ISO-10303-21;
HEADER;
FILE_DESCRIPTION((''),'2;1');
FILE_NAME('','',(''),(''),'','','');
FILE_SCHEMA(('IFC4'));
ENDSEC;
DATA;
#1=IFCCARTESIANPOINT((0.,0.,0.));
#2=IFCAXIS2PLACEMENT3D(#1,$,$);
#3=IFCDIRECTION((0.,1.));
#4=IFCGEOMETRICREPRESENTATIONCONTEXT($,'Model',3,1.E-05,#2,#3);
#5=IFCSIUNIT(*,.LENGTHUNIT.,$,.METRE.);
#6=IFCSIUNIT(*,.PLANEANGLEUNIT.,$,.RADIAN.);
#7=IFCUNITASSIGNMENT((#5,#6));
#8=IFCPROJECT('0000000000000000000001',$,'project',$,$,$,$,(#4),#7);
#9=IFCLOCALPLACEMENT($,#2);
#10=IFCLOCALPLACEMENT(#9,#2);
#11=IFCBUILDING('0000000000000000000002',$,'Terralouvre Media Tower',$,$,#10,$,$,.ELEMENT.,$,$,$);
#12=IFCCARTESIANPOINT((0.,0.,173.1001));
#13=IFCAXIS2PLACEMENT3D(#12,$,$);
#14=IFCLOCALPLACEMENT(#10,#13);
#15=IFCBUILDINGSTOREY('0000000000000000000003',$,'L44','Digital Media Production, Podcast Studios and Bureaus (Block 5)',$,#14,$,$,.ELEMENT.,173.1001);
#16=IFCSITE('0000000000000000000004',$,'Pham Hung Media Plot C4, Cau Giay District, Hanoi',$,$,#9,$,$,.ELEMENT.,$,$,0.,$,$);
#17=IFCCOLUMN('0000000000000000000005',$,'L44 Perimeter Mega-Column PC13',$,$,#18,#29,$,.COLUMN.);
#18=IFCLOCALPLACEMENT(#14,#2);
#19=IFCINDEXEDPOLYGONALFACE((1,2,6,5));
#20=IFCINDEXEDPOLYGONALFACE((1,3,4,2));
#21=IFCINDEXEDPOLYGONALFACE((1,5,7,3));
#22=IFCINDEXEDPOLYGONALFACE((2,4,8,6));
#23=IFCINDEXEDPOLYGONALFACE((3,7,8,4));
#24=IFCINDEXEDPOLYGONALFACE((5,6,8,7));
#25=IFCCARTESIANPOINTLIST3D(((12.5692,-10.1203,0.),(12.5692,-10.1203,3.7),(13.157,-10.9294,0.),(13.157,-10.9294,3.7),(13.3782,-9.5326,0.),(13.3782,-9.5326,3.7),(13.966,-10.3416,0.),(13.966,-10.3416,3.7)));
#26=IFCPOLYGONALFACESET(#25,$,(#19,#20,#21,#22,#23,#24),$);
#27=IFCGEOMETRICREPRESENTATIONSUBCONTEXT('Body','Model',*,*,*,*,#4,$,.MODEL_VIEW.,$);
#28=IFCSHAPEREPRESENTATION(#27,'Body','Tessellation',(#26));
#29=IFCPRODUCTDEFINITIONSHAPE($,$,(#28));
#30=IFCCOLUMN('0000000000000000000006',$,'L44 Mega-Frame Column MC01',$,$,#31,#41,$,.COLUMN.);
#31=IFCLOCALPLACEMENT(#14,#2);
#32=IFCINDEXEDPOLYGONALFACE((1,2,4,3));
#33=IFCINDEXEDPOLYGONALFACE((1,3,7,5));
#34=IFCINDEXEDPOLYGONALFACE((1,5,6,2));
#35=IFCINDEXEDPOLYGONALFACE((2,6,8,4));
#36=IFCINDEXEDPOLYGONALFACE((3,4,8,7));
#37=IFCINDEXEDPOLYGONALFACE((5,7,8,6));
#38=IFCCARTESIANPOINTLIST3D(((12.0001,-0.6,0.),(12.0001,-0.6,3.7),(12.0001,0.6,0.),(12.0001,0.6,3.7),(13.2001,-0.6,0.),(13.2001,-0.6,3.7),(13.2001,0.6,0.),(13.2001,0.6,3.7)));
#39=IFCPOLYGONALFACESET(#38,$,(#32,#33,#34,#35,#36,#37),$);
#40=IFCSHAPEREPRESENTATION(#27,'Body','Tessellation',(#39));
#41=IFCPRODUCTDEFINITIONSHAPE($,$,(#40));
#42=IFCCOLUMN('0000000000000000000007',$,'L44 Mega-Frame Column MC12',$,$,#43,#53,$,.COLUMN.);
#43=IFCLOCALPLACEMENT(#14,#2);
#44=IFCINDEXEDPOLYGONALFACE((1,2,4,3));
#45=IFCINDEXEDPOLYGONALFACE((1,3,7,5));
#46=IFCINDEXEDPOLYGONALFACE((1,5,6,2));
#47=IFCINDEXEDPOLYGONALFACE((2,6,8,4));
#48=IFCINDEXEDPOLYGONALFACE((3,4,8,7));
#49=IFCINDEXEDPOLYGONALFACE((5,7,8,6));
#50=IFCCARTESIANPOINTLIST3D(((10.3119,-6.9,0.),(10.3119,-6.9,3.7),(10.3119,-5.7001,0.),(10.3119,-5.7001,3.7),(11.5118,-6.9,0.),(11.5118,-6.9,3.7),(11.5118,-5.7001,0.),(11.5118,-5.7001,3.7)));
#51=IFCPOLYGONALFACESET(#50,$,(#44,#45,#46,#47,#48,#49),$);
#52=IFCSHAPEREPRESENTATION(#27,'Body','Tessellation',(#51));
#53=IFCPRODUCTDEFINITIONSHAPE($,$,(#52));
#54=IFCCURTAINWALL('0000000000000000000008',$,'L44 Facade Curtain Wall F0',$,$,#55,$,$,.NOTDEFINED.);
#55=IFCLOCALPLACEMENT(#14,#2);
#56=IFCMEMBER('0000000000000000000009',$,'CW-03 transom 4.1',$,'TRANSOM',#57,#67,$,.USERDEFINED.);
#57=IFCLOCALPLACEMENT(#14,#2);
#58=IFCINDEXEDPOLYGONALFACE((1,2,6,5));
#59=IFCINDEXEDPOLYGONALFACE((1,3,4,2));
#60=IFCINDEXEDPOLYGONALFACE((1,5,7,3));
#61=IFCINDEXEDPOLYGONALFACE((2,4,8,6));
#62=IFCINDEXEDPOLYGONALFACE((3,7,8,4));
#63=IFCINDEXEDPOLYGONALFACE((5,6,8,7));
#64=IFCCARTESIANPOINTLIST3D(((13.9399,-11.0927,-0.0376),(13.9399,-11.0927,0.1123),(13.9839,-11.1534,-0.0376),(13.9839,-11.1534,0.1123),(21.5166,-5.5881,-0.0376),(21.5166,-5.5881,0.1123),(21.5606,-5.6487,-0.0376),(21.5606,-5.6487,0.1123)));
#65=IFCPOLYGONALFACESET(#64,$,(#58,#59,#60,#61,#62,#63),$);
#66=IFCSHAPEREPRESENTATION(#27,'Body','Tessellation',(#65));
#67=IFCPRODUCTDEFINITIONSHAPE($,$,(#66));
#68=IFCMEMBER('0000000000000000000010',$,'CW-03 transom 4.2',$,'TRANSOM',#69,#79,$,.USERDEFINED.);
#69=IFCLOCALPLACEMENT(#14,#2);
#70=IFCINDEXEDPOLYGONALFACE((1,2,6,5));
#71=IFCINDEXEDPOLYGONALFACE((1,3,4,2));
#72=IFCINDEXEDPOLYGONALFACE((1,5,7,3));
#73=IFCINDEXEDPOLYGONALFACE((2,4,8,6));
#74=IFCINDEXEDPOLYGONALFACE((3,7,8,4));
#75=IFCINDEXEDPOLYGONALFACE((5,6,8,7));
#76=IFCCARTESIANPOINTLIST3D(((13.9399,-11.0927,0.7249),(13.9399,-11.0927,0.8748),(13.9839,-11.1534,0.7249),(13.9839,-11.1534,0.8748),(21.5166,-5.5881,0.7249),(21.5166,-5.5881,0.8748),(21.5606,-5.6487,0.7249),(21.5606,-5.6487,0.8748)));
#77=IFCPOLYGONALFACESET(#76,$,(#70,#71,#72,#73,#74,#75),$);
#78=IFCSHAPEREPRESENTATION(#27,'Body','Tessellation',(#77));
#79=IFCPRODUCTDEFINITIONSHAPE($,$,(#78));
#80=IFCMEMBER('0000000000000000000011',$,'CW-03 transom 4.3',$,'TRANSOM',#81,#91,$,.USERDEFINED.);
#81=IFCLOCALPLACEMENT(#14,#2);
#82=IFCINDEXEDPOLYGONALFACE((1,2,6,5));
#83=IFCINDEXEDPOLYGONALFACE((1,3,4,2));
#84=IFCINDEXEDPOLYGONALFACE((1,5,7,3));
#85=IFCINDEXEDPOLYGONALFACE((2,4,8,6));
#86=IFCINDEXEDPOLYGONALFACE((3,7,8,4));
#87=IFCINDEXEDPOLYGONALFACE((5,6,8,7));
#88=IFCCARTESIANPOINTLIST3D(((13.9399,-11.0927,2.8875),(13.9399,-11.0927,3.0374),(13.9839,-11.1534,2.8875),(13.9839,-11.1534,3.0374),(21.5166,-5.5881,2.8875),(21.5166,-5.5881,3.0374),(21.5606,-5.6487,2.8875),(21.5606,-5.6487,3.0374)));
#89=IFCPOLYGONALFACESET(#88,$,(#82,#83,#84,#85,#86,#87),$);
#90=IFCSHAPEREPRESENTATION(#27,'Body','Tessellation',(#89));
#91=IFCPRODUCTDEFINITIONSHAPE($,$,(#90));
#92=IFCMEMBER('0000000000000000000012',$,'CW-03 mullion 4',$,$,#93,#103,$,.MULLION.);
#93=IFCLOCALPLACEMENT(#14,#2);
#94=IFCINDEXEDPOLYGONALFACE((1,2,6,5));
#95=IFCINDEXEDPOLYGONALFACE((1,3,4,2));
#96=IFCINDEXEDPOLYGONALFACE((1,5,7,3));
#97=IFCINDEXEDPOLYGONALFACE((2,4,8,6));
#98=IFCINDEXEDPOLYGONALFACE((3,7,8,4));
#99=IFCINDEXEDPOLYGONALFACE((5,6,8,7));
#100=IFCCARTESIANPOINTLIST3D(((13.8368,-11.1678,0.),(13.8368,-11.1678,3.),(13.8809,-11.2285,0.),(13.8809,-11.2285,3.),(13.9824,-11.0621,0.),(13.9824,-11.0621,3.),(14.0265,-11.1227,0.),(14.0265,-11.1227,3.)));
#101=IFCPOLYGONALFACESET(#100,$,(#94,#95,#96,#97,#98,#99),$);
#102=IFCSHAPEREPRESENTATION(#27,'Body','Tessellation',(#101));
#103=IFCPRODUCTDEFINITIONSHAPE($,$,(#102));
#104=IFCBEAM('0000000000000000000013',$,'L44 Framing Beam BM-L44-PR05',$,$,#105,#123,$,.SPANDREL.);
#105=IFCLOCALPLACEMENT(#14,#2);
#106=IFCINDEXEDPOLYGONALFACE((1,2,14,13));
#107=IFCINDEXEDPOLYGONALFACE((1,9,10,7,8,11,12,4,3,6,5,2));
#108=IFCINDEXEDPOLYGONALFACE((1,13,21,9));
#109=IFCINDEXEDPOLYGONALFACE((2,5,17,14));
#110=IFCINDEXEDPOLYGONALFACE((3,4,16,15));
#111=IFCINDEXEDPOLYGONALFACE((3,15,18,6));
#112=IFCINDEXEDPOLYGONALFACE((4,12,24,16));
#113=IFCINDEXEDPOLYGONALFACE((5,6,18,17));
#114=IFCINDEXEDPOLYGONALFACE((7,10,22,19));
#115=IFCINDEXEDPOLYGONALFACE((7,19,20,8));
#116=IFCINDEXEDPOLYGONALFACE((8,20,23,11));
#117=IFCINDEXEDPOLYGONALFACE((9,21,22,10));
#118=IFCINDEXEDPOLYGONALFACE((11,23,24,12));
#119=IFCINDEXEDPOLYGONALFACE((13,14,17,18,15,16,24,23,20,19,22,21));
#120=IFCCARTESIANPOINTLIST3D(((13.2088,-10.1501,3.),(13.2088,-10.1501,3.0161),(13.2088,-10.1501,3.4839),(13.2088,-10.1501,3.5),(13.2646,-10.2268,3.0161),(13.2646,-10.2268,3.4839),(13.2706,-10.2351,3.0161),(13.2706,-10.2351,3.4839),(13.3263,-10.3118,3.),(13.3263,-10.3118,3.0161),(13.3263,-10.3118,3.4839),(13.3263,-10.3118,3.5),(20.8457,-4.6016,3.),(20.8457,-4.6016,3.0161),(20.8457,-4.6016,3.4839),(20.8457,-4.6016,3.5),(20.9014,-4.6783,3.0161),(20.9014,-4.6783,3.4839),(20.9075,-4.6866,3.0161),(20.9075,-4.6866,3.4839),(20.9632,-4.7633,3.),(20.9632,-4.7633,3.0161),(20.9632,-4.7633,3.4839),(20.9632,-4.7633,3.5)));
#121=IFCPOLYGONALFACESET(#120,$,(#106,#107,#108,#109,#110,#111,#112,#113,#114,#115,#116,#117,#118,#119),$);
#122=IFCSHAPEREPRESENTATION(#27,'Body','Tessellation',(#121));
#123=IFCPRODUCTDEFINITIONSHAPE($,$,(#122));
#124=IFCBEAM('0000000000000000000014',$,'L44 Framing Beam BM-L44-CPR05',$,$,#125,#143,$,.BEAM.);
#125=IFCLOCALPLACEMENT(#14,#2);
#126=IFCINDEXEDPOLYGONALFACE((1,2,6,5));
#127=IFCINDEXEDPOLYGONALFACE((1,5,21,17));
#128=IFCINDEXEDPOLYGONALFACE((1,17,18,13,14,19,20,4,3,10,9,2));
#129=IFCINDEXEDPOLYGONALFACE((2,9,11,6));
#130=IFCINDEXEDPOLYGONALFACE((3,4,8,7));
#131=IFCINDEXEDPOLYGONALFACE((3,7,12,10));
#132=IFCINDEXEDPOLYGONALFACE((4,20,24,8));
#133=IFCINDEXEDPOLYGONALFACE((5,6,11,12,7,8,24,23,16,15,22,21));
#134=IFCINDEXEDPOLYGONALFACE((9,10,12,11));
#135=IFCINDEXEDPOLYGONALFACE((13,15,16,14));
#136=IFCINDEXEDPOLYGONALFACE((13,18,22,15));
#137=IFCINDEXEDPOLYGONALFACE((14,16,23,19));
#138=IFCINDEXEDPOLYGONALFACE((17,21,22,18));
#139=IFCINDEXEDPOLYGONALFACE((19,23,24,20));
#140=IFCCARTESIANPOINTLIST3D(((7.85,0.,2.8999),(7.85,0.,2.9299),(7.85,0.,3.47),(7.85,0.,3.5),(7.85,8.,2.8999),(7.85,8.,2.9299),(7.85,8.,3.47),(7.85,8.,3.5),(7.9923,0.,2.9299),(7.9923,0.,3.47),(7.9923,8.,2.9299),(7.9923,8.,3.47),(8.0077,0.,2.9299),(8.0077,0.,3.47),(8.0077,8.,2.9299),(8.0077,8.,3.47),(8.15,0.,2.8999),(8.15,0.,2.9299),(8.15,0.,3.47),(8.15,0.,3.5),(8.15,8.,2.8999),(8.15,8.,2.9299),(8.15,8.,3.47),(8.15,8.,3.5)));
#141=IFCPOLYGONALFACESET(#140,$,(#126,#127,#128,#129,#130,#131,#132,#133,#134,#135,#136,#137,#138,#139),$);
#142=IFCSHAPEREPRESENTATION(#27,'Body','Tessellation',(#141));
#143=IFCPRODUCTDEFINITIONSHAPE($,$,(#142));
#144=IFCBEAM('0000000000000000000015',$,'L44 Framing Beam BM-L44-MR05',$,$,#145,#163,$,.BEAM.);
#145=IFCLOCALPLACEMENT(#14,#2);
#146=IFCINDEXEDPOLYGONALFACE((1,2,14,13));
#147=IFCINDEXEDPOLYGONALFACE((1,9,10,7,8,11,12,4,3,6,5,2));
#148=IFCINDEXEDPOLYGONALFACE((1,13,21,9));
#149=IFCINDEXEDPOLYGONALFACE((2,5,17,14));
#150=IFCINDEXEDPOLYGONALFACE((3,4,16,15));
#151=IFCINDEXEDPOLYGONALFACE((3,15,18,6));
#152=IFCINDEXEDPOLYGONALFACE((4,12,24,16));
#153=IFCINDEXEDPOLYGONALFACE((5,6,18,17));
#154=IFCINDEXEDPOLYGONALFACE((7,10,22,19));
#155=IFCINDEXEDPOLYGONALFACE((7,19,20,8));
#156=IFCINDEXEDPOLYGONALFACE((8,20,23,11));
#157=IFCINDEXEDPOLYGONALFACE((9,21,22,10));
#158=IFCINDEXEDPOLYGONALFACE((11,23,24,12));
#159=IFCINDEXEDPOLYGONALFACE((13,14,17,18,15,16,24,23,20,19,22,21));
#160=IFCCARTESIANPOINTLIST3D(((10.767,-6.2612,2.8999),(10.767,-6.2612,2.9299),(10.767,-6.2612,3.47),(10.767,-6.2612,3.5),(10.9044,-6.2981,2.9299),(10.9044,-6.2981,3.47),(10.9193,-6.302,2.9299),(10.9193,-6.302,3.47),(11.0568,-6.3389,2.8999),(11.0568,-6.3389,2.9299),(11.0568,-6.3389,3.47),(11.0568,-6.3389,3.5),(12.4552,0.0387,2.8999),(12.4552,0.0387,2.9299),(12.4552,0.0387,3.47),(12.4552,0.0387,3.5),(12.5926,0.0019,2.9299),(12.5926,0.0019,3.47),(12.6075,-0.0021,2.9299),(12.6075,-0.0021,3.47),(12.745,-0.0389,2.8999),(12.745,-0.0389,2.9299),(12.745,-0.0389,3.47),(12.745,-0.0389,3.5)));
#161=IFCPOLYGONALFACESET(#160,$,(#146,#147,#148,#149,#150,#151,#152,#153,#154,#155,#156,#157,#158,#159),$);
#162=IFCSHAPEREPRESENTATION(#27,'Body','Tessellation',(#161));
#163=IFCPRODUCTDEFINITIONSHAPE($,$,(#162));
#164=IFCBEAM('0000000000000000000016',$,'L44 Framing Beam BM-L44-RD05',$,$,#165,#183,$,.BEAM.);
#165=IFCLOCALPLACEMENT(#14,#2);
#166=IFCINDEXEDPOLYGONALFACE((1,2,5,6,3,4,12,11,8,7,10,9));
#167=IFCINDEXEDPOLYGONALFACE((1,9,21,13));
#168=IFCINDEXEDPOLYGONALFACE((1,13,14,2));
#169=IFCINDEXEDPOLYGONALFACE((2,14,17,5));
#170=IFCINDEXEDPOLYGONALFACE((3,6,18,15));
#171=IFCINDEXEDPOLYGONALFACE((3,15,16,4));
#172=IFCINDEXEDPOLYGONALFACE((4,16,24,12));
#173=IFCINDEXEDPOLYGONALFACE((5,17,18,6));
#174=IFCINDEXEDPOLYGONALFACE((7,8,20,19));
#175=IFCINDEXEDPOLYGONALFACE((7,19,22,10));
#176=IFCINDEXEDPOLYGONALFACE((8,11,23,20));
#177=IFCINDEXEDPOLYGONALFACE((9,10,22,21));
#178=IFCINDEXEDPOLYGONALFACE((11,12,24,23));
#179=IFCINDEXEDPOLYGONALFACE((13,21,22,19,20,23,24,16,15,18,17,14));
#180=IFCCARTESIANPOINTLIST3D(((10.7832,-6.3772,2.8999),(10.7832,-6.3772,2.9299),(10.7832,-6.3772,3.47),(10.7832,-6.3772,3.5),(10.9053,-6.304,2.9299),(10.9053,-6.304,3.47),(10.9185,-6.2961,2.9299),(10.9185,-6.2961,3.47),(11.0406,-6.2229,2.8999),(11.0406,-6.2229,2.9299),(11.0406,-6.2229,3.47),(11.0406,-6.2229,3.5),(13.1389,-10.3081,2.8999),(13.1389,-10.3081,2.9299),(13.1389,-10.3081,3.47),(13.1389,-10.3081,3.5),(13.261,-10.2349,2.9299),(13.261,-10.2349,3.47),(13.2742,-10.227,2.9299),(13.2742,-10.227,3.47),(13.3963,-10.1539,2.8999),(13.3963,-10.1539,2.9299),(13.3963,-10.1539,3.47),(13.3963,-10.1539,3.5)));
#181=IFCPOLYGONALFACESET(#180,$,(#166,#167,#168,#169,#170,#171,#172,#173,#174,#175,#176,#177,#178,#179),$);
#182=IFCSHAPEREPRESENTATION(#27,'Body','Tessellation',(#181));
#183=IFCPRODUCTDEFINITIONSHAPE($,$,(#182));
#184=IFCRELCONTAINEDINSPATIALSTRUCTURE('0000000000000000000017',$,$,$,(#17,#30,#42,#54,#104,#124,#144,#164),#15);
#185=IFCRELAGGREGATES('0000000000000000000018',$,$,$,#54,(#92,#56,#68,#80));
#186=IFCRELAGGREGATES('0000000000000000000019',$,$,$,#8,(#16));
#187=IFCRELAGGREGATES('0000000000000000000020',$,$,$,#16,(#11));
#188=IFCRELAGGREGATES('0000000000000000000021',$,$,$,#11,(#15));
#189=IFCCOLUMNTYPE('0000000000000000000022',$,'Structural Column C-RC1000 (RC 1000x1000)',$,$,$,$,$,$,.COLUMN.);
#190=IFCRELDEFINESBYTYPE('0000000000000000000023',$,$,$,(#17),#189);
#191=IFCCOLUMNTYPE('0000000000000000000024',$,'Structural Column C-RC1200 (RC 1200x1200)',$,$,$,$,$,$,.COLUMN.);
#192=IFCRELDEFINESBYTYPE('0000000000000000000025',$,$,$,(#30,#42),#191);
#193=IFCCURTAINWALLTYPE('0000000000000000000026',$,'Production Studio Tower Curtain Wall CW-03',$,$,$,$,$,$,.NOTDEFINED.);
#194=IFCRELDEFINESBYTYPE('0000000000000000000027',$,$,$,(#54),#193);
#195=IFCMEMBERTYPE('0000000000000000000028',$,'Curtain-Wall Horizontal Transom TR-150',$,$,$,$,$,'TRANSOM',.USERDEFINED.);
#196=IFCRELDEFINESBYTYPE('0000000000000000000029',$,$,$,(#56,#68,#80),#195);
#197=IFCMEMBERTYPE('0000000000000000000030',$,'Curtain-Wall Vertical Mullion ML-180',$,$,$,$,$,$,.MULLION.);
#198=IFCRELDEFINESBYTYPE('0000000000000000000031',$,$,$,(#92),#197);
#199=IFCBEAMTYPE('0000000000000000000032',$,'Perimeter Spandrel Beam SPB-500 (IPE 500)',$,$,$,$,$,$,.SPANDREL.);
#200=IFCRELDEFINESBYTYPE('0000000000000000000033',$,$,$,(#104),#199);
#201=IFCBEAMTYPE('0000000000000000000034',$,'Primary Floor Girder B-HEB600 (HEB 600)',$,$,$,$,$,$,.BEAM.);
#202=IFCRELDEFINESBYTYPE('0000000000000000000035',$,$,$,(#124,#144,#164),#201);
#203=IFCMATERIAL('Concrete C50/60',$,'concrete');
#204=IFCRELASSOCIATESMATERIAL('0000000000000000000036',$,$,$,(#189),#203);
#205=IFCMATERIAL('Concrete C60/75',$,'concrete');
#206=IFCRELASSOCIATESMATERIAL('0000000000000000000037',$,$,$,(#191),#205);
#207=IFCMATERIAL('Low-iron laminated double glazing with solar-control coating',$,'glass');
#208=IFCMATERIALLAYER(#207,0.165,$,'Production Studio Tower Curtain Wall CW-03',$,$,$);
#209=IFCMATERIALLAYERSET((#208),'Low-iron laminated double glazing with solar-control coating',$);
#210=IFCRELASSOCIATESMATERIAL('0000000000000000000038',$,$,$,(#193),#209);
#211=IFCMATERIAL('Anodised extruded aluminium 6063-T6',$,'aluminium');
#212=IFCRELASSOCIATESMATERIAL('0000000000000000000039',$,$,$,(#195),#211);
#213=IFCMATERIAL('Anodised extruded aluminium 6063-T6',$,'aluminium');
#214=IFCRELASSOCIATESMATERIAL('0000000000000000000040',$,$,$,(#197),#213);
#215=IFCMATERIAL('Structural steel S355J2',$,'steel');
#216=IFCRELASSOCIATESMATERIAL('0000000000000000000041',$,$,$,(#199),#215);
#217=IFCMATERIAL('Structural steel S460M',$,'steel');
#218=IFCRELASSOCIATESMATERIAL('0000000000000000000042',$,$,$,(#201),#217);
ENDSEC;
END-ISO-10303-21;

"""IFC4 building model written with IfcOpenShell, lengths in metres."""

from ifc_helpers import new_model, si_unit, direction, frame, origin, origin_2d, place, context, subcontext, project, spatial, rectangle, i_section, extrude, material, layer, layer_set, material_profile, profile_set, type_object, element, aggregate, save


model = new_model("IFC4")

# Units and contexts
model_context = context("Model", 3, precision=1e-05, world=origin(), true_north=direction((0.0, 1.0)))
body_context = subcontext(model_context, "Body", "Model", "MODEL_VIEW")
ifc_project = project(units=[si_unit("LENGTHUNIT", "METRE"), si_unit("PLANEANGLEUNIT", "RADIAN")], contexts=[model_context])

# Site, building, storey
site_placement = place(None, origin())
site = spatial("IfcSite", under=ifc_project, at=site_placement, Name="Pham Hung Media Plot C4, Cau Giay District, Hanoi", CompositionType="ELEMENT", RefElevation=0.0)
building_placement = place(site_placement, origin())
building = spatial("IfcBuilding", under=site, at=building_placement, Name="Terralouvre Media Tower", CompositionType="ELEMENT")
storey_placement = place(building_placement, frame((0.0, 0.0, 173.1001)))
storey = spatial("IfcBuildingStorey", under=building, at=storey_placement, Name="L44", Description="Digital Media Production, Podcast Studios and Bureaus (Block 5)", CompositionType="ELEMENT", Elevation=173.1001)

# Columns
ifc_material_1 = material(Name="Concrete C50/60", Category="concrete")
ifc_material_profile_1 = material_profile(ifc_material_1, rectangle(XDim=1.0, YDim=1.0, at=origin_2d()), Name="RC 1000x1000")
ifc_profile_set_1 = profile_set([ifc_material_profile_1], Name="Concrete C50/60")
column_type_1 = type_object("IfcColumnType", Name="Structural Column C-RC1000 (RC 1000x1000)", PredefinedType="COLUMN", material=ifc_profile_set_1)
column_placement = place(storey_placement, frame((13.2676, -10.231, 0.0), z_axis=(0.0, 0.0, 1.0), x_axis=(0.809017, 0.587785, 0.0)))
element("IfcColumn", 1, at=column_placement, inside=storey, type_object=column_type_1, Name="L44 Perimeter Mega-Column PC13", PredefinedType="COLUMN", context=body_context, shape_type="SweptSolid", body=[
    extrude(rectangle(XDim=1.0, YDim=1.0, at=origin_2d()), origin(), (0.0, 0.0, 1.0), 3.7),
])
ifc_material_2 = material(Name="Concrete C60/75", Category="concrete")
ifc_material_profile_2 = material_profile(ifc_material_2, rectangle(XDim=1.2, YDim=1.2, at=origin_2d()), Name="RC 1200x1200")
ifc_profile_set_2 = profile_set([ifc_material_profile_2], Name="Concrete C60/75")
column_type_2 = type_object("IfcColumnType", Name="Structural Column C-RC1200 (RC 1200x1200)", PredefinedType="COLUMN", material=ifc_profile_set_2)
for number, where, z_axis, x_axis, name in (
    (2, (12.6001, 0.0, 0.0), (0.0, 0.0, 1.0), (1.0, 0.0, 0.0), "L44 Mega-Frame Column MC01"),
    (3, (10.9119, -6.3, 0.0), (0.0, 0.0, 1.0), (1.0, 0.0, 0.0), "L44 Mega-Frame Column MC12"),
):
    element("IfcColumn", number, at=place(storey_placement, frame(where, z_axis=z_axis, x_axis=x_axis)), inside=storey, type_object=column_type_2, Name=name, PredefinedType="COLUMN", context=body_context, shape_type="SweptSolid", body=[
        extrude(rectangle(XDim=1.2, YDim=1.2, at=origin_2d()), origin(), (0.0, 0.0, 1.0), 3.7),
    ])

# Curtain wall, members
ifc_material_3 = material(Name="Low-iron laminated double glazing with solar-control coating", Category="glass")
ifc_layer_1 = layer(ifc_material_3, 0.165, Name="Production Studio Tower Curtain Wall CW-03")
ifc_layer_set_1 = layer_set([ifc_layer_1], Name="Low-iron laminated double glazing with solar-control coating")
curtain_wall_type = type_object("IfcCurtainWallType", Name="Production Studio Tower Curtain Wall CW-03", PredefinedType="NOTDEFINED", material=ifc_layer_set_1)
curtain_wall_placement = place(storey_placement, origin())
curtain_wall = element("IfcCurtainWall", 4, at=curtain_wall_placement, inside=storey, type_object=curtain_wall_type, Name="L44 Facade Curtain Wall F0", PredefinedType="NOTDEFINED")
ifc_material_4 = material(Name="Anodised extruded aluminium 6063-T6", Category="aluminium")
ifc_material_profile_3 = material_profile(ifc_material_4, rectangle(XDim=0.075, YDim=0.1499, at=origin_2d()), Name="ALU 75x150")
ifc_profile_set_3 = profile_set([ifc_material_profile_3], Name="Anodised extruded aluminium 6063-T6")
member_type_1 = type_object("IfcMemberType", Name="Curtain-Wall Horizontal Transom TR-150", ElementType="TRANSOM", PredefinedType="USERDEFINED", material=ifc_profile_set_3)
member_1_placement = place(storey_placement, frame((13.9619, -11.123, 0.0374), z_axis=(0.809023, 0.587776, 0.0), x_axis=(-0.587776, 0.809023, 0.0)))
member_1 = element("IfcMember", 5, at=member_1_placement, type_object=member_type_1, Name="CW-03 transom 4.1", ObjectType="TRANSOM", PredefinedType="USERDEFINED", context=body_context, shape_type="SweptSolid", body=[
    extrude(rectangle(XDim=0.075, YDim=0.1499, at=origin_2d()), origin(), (0.0, 0.0, 1.0), 9.3652),
])
member_2_placement = place(storey_placement, frame((13.9619, -11.123, 0.7998), z_axis=(0.809023, 0.587776, 0.0), x_axis=(-0.587776, 0.809023, 0.0)))
member_2 = element("IfcMember", 6, at=member_2_placement, type_object=member_type_1, Name="CW-03 transom 4.2", ObjectType="TRANSOM", PredefinedType="USERDEFINED", context=body_context, shape_type="SweptSolid", body=[
    extrude(rectangle(XDim=0.075, YDim=0.1499, at=origin_2d()), origin(), (0.0, 0.0, 1.0), 9.3652),
])
member_3_placement = place(storey_placement, frame((13.9619, -11.123, 2.9624), z_axis=(0.809023, 0.587776, 0.0), x_axis=(-0.587776, 0.809023, 0.0)))
member_3 = element("IfcMember", 7, at=member_3_placement, type_object=member_type_1, Name="CW-03 transom 4.3", ObjectType="TRANSOM", PredefinedType="USERDEFINED", context=body_context, shape_type="SweptSolid", body=[
    extrude(rectangle(XDim=0.075, YDim=0.1499, at=origin_2d()), origin(), (0.0, 0.0, 1.0), 9.3652),
])
ifc_material_5 = material(Name="Anodised extruded aluminium 6063-T6", Category="aluminium")
ifc_material_profile_4 = material_profile(ifc_material_5, rectangle(XDim=0.075, YDim=0.1799, at=origin_2d()), Name="ALU 75x180")
ifc_profile_set_4 = profile_set([ifc_material_profile_4], Name="Anodised extruded aluminium 6063-T6")
member_type_2 = type_object("IfcMemberType", Name="Curtain-Wall Vertical Mullion ML-180", PredefinedType="MULLION", material=ifc_profile_set_4)
member_4_placement = place(storey_placement, frame((13.9316, -11.1453, 0.0), z_axis=(0.0, 0.0, 1.0), x_axis=(-0.587785, 0.809017, 0.0)))
member_4 = element("IfcMember", 8, at=member_4_placement, type_object=member_type_2, Name="CW-03 mullion 4", PredefinedType="MULLION", context=body_context, shape_type="SweptSolid", body=[
    extrude(rectangle(XDim=0.075, YDim=0.1799, at=origin_2d()), origin(), (0.0, 0.0, 1.0), 3.0),
])

# Beams
ifc_material_6 = material(Name="Structural steel S355J2", Category="steel")
ifc_material_profile_5 = material_profile(ifc_material_6, i_section(OverallWidth=0.2, OverallDepth=0.5, WebThickness=0.0103, FlangeThickness=0.0161, at=origin_2d()), Name="IPE 500")
ifc_profile_set_5 = profile_set([ifc_material_profile_5], Name="Structural steel S355J2")
beam_type_1 = type_object("IfcBeamType", Name="Perimeter Spandrel Beam SPB-500 (IPE 500)", PredefinedType="SPANDREL", material=ifc_profile_set_5)
beam_1_placement = place(storey_placement, frame((13.2676, -10.231, 3.25), z_axis=(0.809017, 0.587786, 0.0), x_axis=(-0.587786, 0.809017, 0.0)))
element("IfcBeam", 9, at=beam_1_placement, inside=storey, type_object=beam_type_1, Name="L44 Framing Beam BM-L44-PR05", PredefinedType="SPANDREL", context=body_context, shape_type="SweptSolid", body=[
    extrude(i_section(OverallWidth=0.2, OverallDepth=0.5, WebThickness=0.0103, FlangeThickness=0.0161, at=origin_2d()), origin(), (0.0, 0.0, 1.0), 9.4397),
])
ifc_material_7 = material(Name="Structural steel S460M", Category="steel")
ifc_material_profile_6 = material_profile(ifc_material_7, i_section(OverallWidth=0.3, OverallDepth=0.6001, WebThickness=0.0154, FlangeThickness=0.03, at=origin_2d()), Name="HEB 600")
ifc_profile_set_6 = profile_set([ifc_material_profile_6], Name="Structural steel S460M")
beam_type_2 = type_object("IfcBeamType", Name="Primary Floor Girder B-HEB600 (HEB 600)", PredefinedType="BEAM", material=ifc_profile_set_6)
beam_2_placement = place(storey_placement, frame((8.0, 0.0, 3.2), z_axis=(0.0, 1.0, 0.0), x_axis=(-1.0, 0.0, 0.0)))
element("IfcBeam", 10, at=beam_2_placement, inside=storey, type_object=beam_type_2, Name="L44 Framing Beam BM-L44-CPR05", PredefinedType="BEAM", context=body_context, shape_type="SweptSolid", body=[
    extrude(i_section(OverallWidth=0.3, OverallDepth=0.6001, WebThickness=0.0154, FlangeThickness=0.03, at=origin_2d()), origin(), (0.0, 0.0, 1.0), 8.0),
])
beam_3_placement = place(storey_placement, frame((10.9119, -6.3, 3.2), z_axis=(0.258839, 0.96592, 0.0), x_axis=(-0.96592, 0.258839, 0.0)))
element("IfcBeam", 11, at=beam_3_placement, inside=storey, type_object=beam_type_2, Name="L44 Framing Beam BM-L44-MR05", PredefinedType="BEAM", context=body_context, shape_type="SweptSolid", body=[
    extrude(i_section(OverallWidth=0.3, OverallDepth=0.6001, WebThickness=0.0154, FlangeThickness=0.03, at=origin_2d()), origin(), (0.0, 0.0, 1.0), 6.5222),
])
beam_4_placement = place(storey_placement, frame((10.9119, -6.3, 3.2), z_axis=(0.514041, -0.857765, 0.0), x_axis=(0.857765, 0.514041, 0.0)))
element("IfcBeam", 12, at=beam_4_placement, inside=storey, type_object=beam_type_2, Name="L44 Framing Beam BM-L44-RD05", PredefinedType="BEAM", context=body_context, shape_type="SweptSolid", body=[
    extrude(i_section(OverallWidth=0.3, OverallDepth=0.6001, WebThickness=0.0154, FlangeThickness=0.03, at=origin_2d()), origin(), (0.0, 0.0, 1.0), 4.5828),
])

aggregate(curtain_wall, [member_4, member_1, member_2, member_3])

save(model, "model.ifc")
